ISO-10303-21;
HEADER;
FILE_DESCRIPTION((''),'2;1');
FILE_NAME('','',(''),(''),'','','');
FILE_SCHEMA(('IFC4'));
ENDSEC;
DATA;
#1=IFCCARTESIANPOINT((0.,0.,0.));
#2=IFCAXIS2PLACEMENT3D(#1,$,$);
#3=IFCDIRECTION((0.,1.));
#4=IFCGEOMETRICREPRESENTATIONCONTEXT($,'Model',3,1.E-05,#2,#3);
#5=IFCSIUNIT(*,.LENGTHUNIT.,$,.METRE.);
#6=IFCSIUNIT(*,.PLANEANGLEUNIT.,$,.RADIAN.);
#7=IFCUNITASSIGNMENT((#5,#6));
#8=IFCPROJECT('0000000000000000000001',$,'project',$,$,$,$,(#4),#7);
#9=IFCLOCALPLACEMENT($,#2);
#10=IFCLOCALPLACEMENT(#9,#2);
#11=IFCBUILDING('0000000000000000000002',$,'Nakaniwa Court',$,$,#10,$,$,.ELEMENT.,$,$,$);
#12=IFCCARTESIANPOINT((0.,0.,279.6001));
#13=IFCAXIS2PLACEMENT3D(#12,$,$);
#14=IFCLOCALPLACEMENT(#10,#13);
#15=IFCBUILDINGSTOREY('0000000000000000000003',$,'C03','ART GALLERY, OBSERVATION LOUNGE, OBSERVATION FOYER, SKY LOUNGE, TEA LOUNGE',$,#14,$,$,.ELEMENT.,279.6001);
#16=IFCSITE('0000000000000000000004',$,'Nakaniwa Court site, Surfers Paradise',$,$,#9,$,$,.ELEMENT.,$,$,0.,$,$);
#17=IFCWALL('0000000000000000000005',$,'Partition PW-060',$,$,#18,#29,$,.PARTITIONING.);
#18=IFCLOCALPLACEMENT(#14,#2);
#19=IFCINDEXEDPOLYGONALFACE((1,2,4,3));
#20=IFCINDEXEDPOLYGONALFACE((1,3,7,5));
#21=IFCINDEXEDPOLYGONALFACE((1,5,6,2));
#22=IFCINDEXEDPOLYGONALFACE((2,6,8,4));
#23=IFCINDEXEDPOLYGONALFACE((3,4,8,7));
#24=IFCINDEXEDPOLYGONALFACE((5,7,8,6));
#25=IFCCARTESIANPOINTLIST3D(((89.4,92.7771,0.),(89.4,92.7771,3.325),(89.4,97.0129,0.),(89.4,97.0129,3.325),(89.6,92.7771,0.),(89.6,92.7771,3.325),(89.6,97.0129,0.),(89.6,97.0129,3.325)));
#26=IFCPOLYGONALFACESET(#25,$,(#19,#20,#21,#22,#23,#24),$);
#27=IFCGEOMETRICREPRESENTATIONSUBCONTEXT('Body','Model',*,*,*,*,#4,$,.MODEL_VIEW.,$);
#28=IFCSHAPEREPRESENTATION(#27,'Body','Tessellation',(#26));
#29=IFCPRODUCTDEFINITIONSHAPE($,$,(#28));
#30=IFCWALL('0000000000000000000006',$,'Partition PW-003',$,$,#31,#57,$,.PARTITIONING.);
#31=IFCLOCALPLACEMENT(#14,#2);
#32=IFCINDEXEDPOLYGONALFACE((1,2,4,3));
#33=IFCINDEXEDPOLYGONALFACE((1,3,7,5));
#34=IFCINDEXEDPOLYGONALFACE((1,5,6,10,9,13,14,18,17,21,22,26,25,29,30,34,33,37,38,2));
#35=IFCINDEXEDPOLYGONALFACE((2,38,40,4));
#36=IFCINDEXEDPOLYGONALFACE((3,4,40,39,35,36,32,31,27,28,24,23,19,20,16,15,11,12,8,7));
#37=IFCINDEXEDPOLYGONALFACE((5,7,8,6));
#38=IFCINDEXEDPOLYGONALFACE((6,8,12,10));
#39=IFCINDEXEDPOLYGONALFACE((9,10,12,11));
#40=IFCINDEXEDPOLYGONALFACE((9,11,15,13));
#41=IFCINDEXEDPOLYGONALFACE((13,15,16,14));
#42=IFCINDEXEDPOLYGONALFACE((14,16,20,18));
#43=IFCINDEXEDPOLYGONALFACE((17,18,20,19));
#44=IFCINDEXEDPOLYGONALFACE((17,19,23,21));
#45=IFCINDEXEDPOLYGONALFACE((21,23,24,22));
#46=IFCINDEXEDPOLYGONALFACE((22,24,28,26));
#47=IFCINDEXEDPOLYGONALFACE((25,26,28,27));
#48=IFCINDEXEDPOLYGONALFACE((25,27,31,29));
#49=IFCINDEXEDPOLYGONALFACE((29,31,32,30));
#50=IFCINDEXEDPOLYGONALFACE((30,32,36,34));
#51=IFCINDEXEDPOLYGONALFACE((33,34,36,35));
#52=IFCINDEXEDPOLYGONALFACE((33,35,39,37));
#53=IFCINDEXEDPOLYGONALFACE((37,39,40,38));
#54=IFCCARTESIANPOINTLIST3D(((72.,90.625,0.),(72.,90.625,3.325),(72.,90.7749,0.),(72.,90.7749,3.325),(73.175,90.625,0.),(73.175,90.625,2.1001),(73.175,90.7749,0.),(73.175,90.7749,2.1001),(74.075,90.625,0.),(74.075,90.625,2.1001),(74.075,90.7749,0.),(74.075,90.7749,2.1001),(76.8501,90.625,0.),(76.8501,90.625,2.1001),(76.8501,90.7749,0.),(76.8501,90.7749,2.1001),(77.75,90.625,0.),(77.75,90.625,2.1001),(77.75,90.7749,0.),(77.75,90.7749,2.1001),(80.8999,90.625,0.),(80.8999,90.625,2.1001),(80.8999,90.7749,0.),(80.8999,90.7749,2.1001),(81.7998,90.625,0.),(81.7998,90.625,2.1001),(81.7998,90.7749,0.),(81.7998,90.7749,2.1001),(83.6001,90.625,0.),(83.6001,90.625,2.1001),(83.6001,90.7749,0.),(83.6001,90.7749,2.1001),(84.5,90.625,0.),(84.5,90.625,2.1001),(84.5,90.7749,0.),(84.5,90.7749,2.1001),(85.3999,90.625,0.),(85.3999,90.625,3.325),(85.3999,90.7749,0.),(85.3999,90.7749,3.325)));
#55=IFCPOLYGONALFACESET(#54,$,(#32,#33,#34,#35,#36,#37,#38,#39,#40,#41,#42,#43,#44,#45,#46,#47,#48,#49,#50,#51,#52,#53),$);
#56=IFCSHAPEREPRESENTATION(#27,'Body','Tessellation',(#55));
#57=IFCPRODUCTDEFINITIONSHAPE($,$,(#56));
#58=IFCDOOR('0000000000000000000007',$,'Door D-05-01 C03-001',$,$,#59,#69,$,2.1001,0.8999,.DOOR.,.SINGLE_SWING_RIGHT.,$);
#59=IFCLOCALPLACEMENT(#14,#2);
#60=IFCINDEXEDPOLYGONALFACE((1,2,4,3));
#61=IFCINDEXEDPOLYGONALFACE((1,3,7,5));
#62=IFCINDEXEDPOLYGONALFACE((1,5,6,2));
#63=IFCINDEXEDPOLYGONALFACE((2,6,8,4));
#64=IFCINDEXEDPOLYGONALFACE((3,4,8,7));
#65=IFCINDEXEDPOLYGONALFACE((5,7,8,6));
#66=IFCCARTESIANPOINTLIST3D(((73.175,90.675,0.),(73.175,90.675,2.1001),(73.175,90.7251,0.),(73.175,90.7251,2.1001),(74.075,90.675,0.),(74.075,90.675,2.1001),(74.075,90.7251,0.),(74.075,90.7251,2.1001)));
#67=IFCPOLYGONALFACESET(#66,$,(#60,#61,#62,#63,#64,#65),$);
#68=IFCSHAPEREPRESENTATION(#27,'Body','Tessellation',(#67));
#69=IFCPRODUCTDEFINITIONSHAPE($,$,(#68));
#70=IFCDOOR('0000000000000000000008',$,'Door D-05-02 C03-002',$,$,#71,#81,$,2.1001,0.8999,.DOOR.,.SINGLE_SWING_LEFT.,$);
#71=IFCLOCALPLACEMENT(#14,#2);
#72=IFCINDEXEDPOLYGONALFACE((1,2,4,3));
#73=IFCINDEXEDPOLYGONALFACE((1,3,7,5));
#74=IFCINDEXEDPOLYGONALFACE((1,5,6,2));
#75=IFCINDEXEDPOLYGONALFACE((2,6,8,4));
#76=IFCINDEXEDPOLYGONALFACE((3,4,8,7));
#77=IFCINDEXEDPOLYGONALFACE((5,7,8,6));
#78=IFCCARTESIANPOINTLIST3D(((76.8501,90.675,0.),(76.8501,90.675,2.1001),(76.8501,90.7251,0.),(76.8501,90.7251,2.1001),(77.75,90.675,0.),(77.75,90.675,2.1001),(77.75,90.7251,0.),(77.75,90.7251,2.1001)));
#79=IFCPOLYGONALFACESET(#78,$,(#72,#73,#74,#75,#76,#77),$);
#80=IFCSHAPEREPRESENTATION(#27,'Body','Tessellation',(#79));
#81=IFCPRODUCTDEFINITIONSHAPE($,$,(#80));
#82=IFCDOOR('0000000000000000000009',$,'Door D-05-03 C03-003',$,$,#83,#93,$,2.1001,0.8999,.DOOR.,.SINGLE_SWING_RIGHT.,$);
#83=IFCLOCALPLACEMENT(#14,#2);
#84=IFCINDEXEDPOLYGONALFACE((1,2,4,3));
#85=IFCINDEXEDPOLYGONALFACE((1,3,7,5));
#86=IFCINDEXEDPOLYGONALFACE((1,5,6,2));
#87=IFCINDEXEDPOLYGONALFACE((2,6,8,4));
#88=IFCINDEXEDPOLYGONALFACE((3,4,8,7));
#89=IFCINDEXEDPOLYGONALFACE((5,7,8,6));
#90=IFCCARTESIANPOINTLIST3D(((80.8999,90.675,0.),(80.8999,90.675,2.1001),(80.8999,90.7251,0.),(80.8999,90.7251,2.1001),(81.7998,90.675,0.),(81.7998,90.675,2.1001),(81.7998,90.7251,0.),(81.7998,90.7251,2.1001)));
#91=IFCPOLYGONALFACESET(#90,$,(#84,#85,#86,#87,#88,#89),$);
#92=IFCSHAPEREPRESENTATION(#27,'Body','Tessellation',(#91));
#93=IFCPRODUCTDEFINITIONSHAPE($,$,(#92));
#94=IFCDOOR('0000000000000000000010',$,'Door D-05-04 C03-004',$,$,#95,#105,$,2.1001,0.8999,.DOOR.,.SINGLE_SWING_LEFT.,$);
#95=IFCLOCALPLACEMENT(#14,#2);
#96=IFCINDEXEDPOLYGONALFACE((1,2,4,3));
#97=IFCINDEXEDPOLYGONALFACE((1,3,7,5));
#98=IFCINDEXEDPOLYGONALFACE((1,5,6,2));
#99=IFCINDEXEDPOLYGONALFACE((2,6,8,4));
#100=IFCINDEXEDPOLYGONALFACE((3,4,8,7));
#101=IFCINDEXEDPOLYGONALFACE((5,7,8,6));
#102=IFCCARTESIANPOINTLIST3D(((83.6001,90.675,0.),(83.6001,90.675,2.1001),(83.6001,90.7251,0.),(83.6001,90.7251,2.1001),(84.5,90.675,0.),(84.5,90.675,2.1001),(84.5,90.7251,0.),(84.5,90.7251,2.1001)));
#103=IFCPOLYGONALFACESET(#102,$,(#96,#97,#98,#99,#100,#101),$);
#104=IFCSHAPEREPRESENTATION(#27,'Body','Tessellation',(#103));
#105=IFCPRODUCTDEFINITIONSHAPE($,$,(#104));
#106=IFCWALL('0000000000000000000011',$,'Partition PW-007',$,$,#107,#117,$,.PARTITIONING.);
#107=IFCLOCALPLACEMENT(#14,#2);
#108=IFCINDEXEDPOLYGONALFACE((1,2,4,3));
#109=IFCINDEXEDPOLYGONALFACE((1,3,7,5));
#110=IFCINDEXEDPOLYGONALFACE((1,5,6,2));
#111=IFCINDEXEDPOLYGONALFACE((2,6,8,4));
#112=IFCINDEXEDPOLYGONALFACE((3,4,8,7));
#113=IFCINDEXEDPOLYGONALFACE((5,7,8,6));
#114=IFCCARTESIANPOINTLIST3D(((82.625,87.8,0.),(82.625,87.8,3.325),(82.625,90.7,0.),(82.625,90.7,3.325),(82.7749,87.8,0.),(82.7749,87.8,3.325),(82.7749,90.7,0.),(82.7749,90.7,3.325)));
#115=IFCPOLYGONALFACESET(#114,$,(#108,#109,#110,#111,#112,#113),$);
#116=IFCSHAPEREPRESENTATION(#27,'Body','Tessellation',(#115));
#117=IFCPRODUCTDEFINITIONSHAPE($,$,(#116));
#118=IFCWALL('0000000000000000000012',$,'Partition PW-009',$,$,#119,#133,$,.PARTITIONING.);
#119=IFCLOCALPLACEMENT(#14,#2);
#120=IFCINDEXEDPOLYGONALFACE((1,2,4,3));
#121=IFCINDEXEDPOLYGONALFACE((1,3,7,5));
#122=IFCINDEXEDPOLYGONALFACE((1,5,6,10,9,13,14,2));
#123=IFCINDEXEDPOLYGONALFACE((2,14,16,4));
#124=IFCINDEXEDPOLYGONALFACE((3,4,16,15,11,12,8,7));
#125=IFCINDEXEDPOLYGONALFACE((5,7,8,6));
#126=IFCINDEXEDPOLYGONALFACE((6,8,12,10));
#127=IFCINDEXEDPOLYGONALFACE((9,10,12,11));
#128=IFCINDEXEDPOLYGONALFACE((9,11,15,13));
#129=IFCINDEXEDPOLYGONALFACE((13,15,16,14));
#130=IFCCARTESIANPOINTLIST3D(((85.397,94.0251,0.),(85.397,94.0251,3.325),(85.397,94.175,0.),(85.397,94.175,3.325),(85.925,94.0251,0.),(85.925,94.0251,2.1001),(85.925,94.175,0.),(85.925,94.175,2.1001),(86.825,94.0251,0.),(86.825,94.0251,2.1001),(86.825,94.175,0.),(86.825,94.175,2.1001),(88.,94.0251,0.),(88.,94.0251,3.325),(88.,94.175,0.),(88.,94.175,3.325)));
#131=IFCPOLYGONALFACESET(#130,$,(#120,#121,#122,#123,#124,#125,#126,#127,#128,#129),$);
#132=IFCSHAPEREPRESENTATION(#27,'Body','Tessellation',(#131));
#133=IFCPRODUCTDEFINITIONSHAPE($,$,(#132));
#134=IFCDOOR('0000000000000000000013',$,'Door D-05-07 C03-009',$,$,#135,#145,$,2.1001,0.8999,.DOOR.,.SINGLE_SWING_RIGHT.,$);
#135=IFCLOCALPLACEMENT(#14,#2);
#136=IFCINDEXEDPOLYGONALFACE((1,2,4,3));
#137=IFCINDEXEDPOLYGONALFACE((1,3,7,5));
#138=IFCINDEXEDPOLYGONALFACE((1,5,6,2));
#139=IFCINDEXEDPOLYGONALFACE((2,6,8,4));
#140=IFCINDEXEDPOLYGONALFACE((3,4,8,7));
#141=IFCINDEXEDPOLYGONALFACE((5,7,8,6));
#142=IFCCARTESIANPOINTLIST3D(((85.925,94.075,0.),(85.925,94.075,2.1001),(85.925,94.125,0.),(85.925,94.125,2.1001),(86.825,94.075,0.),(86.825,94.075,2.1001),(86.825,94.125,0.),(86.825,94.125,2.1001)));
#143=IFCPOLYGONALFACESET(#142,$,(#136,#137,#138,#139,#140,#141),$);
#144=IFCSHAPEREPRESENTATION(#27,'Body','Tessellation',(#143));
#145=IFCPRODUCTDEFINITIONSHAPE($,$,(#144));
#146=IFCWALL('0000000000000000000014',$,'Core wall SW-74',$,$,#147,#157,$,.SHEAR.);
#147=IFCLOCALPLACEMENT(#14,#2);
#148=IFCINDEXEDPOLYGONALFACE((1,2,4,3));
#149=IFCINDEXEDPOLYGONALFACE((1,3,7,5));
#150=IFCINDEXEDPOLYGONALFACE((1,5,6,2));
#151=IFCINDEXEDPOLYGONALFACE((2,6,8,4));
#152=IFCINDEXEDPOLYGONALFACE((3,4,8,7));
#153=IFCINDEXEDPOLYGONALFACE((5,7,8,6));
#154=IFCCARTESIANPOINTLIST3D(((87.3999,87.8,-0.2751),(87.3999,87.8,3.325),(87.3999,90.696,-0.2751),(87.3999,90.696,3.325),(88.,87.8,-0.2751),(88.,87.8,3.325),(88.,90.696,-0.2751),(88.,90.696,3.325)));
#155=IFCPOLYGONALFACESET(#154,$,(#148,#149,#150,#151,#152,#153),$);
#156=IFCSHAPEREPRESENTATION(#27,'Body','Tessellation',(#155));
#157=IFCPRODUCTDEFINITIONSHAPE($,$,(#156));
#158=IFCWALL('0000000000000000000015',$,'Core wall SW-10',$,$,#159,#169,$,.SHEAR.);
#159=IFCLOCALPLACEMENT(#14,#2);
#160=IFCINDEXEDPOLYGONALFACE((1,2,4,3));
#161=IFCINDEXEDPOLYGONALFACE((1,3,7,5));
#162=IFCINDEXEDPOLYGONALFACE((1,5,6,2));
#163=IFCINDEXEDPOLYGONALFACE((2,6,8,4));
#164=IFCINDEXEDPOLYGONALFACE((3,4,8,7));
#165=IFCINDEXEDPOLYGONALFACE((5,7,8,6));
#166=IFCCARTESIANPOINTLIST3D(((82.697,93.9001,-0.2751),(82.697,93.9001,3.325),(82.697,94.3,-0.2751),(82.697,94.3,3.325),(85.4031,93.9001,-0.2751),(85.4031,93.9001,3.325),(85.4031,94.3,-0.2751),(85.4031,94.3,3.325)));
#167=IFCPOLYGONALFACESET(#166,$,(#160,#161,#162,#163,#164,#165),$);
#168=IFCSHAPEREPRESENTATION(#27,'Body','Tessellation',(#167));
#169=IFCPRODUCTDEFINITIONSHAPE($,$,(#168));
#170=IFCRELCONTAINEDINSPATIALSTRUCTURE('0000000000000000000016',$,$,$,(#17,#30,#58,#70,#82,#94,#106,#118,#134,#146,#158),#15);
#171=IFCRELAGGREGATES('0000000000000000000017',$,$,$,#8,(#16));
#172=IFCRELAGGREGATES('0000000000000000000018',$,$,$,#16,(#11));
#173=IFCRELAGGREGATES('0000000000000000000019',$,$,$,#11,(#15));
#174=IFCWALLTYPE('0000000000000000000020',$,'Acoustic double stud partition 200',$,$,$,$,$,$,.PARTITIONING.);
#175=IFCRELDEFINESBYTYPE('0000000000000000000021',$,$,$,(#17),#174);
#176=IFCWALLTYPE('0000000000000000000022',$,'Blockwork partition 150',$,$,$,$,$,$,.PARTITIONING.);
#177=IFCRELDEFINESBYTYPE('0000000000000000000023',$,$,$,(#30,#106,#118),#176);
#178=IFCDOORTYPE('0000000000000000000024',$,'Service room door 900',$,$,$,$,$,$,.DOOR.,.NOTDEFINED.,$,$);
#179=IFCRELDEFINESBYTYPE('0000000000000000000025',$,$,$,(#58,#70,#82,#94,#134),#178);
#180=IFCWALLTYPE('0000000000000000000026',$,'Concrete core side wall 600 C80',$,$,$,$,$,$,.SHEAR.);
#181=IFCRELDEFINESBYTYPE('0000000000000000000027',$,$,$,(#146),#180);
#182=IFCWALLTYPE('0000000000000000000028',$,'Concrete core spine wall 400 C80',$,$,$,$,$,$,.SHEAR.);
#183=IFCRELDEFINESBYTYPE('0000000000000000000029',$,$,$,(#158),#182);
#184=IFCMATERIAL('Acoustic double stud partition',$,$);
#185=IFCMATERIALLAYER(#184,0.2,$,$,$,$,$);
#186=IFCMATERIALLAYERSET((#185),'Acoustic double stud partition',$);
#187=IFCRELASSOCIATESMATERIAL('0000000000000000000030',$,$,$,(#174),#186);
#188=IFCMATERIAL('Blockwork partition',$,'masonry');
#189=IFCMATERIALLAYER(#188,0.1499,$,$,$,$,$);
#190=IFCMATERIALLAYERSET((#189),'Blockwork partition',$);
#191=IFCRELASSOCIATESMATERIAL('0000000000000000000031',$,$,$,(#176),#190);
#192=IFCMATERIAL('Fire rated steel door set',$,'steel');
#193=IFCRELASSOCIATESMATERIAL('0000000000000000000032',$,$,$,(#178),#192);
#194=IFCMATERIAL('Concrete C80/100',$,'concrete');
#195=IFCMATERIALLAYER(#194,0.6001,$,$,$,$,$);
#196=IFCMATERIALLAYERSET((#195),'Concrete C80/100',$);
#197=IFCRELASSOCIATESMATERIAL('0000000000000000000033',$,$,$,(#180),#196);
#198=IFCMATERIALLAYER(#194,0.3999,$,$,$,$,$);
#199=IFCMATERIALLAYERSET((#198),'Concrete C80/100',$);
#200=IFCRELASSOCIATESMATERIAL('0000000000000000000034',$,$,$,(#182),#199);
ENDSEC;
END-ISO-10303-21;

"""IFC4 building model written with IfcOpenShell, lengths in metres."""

from ifc_helpers import new_model, si_unit, direction, frame, frame_2d, origin, place, context, subcontext, project, spatial, rectangle, extrude, material, layer, layer_set, type_object, element, fill, save


model = new_model("IFC4")

# Units and contexts
model_context = context("Model", 3, precision=1e-05, world=origin(), true_north=direction((0.0, 1.0)))
body_context = subcontext(model_context, "Body", "Model", "MODEL_VIEW")
ifc_project = project(units=[si_unit("LENGTHUNIT", "METRE"), si_unit("PLANEANGLEUNIT", "RADIAN")], contexts=[model_context])

# Site, building, storey
site_placement = place(None, origin())
site = spatial("IfcSite", under=ifc_project, at=site_placement, Name="Nakaniwa Court site, Surfers Paradise", CompositionType="ELEMENT", RefElevation=0.0)
building_placement = place(site_placement, origin())
building = spatial("IfcBuilding", under=site, at=building_placement, Name="Nakaniwa Court", CompositionType="ELEMENT")
storey_placement = place(building_placement, frame((0.0, 0.0, 279.6001)))
storey = spatial("IfcBuildingStorey", under=building, at=storey_placement, Name="C03", Description="ART GALLERY, OBSERVATION LOUNGE, OBSERVATION FOYER, SKY LOUNGE, TEA LOUNGE", CompositionType="ELEMENT", Elevation=279.6001)

# Shared definitions
ifc_material_1 = material(Name="Concrete C80/100", Category="concrete")

# Shared definitions
ifc_material_2 = material(Name="Acoustic double stud partition")
ifc_layer_1 = layer(ifc_material_2, 0.2)
ifc_layer_set_1 = layer_set([ifc_layer_1], Name="Acoustic double stud partition")
wall_type_1 = type_object("IfcWallType", Name="Acoustic double stud partition 200", PredefinedType="PARTITIONING", material=ifc_layer_set_1)

# Wall
wall_1_placement = place(storey_placement, frame((89.5, 92.7771, 0.0), z_axis=(0.0, 0.0, 1.0), x_axis=(0.0, 1.0, 0.0)))
element("IfcWall", 1, at=wall_1_placement, inside=storey, type_object=wall_type_1, Name="Partition PW-060", PredefinedType="PARTITIONING", context=body_context, shape_type="SweptSolid", body=[
    extrude(rectangle(XDim=4.2358, YDim=0.2, at=frame_2d((2.1179, 0.0))), origin(), (0.0, 0.0, 1.0), 3.325),
])

# Wall, openings, doors
ifc_material_3 = material(Name="Blockwork partition", Category="masonry")
ifc_layer_2 = layer(ifc_material_3, 0.1499)
ifc_layer_set_2 = layer_set([ifc_layer_2], Name="Blockwork partition")
wall_type_2 = type_object("IfcWallType", Name="Blockwork partition 150", PredefinedType="PARTITIONING", material=ifc_layer_set_2)
wall_2_placement = place(storey_placement, frame((85.3999, 90.7, 0.0), z_axis=(0.0, 0.0, 1.0), x_axis=(-1.0, 0.0, 0.0)))
wall_2 = element("IfcWall", 2, at=wall_2_placement, inside=storey, type_object=wall_type_2, Name="Partition PW-003", PredefinedType="PARTITIONING", context=body_context, shape_type="SweptSolid", body=[
    extrude(rectangle(XDim=13.3999, YDim=0.1499, at=frame_2d((6.7, 0.0))), origin(), (0.0, 0.0, 1.0), 3.325),
])
opening_1_placement = place(wall_2_placement, frame((11.325, 0.0, 0.0)))
opening_1 = element("IfcOpeningElement", 3, at=opening_1_placement, cuts=wall_2, PredefinedType="OPENING", context=body_context, shape_type="SweptSolid", body=[
    extrude(rectangle(XDim=0.8999, YDim=2.1001, at=frame_2d((0.45, 1.05))), frame((0.0, 0.085, 0.0), z_axis=(0.0, -1.0, 0.0), x_axis=(1.0, 0.0, 0.0)), (0.0, 0.0, 1.0), 0.1699),
])
opening_2_placement = place(wall_2_placement, frame((7.6499, 0.0, 0.0)))
opening_2 = element("IfcOpeningElement", 4, at=opening_2_placement, cuts=wall_2, PredefinedType="OPENING", context=body_context, shape_type="SweptSolid", body=[
    extrude(rectangle(XDim=0.8999, YDim=2.1001, at=frame_2d((0.45, 1.05))), frame((0.0, 0.085, 0.0), z_axis=(0.0, -1.0, 0.0), x_axis=(1.0, 0.0, 0.0)), (0.0, 0.0, 1.0), 0.1699),
])
opening_3_placement = place(wall_2_placement, frame((3.6001, 0.0, 0.0)))
opening_3 = element("IfcOpeningElement", 5, at=opening_3_placement, cuts=wall_2, PredefinedType="OPENING", context=body_context, shape_type="SweptSolid", body=[
    extrude(rectangle(XDim=0.8999, YDim=2.1001, at=frame_2d((0.45, 1.05))), frame((0.0, 0.085, 0.0), z_axis=(0.0, -1.0, 0.0), x_axis=(1.0, 0.0, 0.0)), (0.0, 0.0, 1.0), 0.1699),
])
opening_4_placement = place(wall_2_placement, frame((0.8999, 0.0, 0.0)))
opening_4 = element("IfcOpeningElement", 6, at=opening_4_placement, cuts=wall_2, PredefinedType="OPENING", context=body_context, shape_type="SweptSolid", body=[
    extrude(rectangle(XDim=0.8999, YDim=2.1001, at=frame_2d((0.45, 1.05))), frame((0.0, 0.085, 0.0), z_axis=(0.0, -1.0, 0.0), x_axis=(1.0, 0.0, 0.0)), (0.0, 0.0, 1.0), 0.1699),
])
ifc_material_4 = material(Name="Fire rated steel door set", Category="steel")
door_type_1 = type_object("IfcDoorType", Name="Service room door 900", OperationType="NOTDEFINED", PredefinedType="DOOR", material=ifc_material_4)
door_1_placement = place(opening_1_placement, origin())
door_1 = element("IfcDoor", 7, at=door_1_placement, inside=storey, type_object=door_type_1, Name="Door D-05-01 C03-001", OperationType="SINGLE_SWING_RIGHT", OverallHeight=2.1001, OverallWidth=0.8999, PredefinedType="DOOR", context=body_context, shape_type="SweptSolid", body=[
    extrude(rectangle(XDim=0.8999, YDim=2.1001, at=frame_2d((0.45, 1.05))), frame((0.0, 0.0249, 0.0), z_axis=(0.0, -1.0, 0.0), x_axis=(1.0, 0.0, 0.0)), (0.0, 0.0, 1.0), 0.05),
])
fill(opening_1, door_1)
door_2_placement = place(opening_2_placement, origin())
door_2 = element("IfcDoor", 8, at=door_2_placement, inside=storey, type_object=door_type_1, Name="Door D-05-02 C03-002", OperationType="SINGLE_SWING_LEFT", OverallHeight=2.1001, OverallWidth=0.8999, PredefinedType="DOOR", context=body_context, shape_type="SweptSolid", body=[
    extrude(rectangle(XDim=0.8999, YDim=2.1001, at=frame_2d((0.45, 1.05))), frame((0.0, 0.0249, 0.0), z_axis=(0.0, -1.0, 0.0), x_axis=(1.0, 0.0, 0.0)), (0.0, 0.0, 1.0), 0.05),
])
fill(opening_2, door_2)
door_3_placement = place(opening_3_placement, origin())
door_3 = element("IfcDoor", 9, at=door_3_placement, inside=storey, type_object=door_type_1, Name="Door D-05-03 C03-003", OperationType="SINGLE_SWING_RIGHT", OverallHeight=2.1001, OverallWidth=0.8999, PredefinedType="DOOR", context=body_context, shape_type="SweptSolid", body=[
    extrude(rectangle(XDim=0.8999, YDim=2.1001, at=frame_2d((0.45, 1.05))), frame((0.0, 0.0249, 0.0), z_axis=(0.0, -1.0, 0.0), x_axis=(1.0, 0.0, 0.0)), (0.0, 0.0, 1.0), 0.05),
])
fill(opening_3, door_3)
door_4_placement = place(opening_4_placement, origin())
door_4 = element("IfcDoor", 10, at=door_4_placement, inside=storey, type_object=door_type_1, Name="Door D-05-04 C03-004", OperationType="SINGLE_SWING_LEFT", OverallHeight=2.1001, OverallWidth=0.8999, PredefinedType="DOOR", context=body_context, shape_type="SweptSolid", body=[
    extrude(rectangle(XDim=0.8999, YDim=2.1001, at=frame_2d((0.45, 1.05))), frame((0.0, 0.0249, 0.0), z_axis=(0.0, -1.0, 0.0), x_axis=(1.0, 0.0, 0.0)), (0.0, 0.0, 1.0), 0.05),
])
fill(opening_4, door_4)

# Wall
wall_3_placement = place(storey_placement, frame((82.7, 87.8, 0.0), z_axis=(0.0, 0.0, 1.0), x_axis=(0.0, 1.0, 0.0)))
element("IfcWall", 11, at=wall_3_placement, inside=storey, type_object=wall_type_2, Name="Partition PW-007", PredefinedType="PARTITIONING", context=body_context, shape_type="SweptSolid", body=[
    extrude(rectangle(XDim=2.8999, YDim=0.1499, at=frame_2d((1.45, 0.0))), origin(), (0.0, 0.0, 1.0), 3.325),
])

# Wall, opening, door
wall_4_placement = place(storey_placement, frame((85.397, 94.1001, 0.0), z_axis=(0.0, 0.0, 1.0), x_axis=(1.0, 0.0, 0.0)))
wall_4 = element("IfcWall", 12, at=wall_4_placement, inside=storey, type_object=wall_type_2, Name="Partition PW-009", PredefinedType="PARTITIONING", context=body_context, shape_type="SweptSolid", body=[
    extrude(rectangle(XDim=2.603, YDim=0.1499, at=frame_2d((1.3015, 0.0))), origin(), (0.0, 0.0, 1.0), 3.325),
])
opening_5_placement = place(wall_4_placement, frame((0.5281, 0.0, 0.0)))
opening_5 = element("IfcOpeningElement", 13, at=opening_5_placement, cuts=wall_4, PredefinedType="OPENING", context=body_context, shape_type="SweptSolid", body=[
    extrude(rectangle(XDim=0.8999, YDim=2.1001, at=frame_2d((0.45, 1.05))), frame((0.0, 0.085, 0.0), z_axis=(0.0, -1.0, 0.0), x_axis=(1.0, 0.0, 0.0)), (0.0, 0.0, 1.0), 0.1699),
])
door_5_placement = place(opening_5_placement, origin())
door_5 = element("IfcDoor", 14, at=door_5_placement, inside=storey, type_object=door_type_1, Name="Door D-05-07 C03-009", OperationType="SINGLE_SWING_RIGHT", OverallHeight=2.1001, OverallWidth=0.8999, PredefinedType="DOOR", context=body_context, shape_type="SweptSolid", body=[
    extrude(rectangle(XDim=0.8999, YDim=2.1001, at=frame_2d((0.45, 1.05))), frame((0.0, 0.0249, 0.0), z_axis=(0.0, -1.0, 0.0), x_axis=(1.0, 0.0, 0.0)), (0.0, 0.0, 1.0), 0.05),
])
fill(opening_5, door_5)

# Walls
ifc_layer_3 = layer(ifc_material_1, 0.6001)
ifc_layer_set_3 = layer_set([ifc_layer_3], Name="Concrete C80/100")
wall_type_3 = type_object("IfcWallType", Name="Concrete core side wall 600 C80", PredefinedType="SHEAR", material=ifc_layer_set_3)
wall_5_placement = place(storey_placement, frame((87.7, 87.8, -0.2751), z_axis=(0.0, 0.0, 1.0), x_axis=(0.0, 1.0, 0.0)))
element("IfcWall", 15, at=wall_5_placement, inside=storey, type_object=wall_type_3, Name="Core wall SW-74", PredefinedType="SHEAR", context=body_context, shape_type="SweptSolid", body=[
    extrude(rectangle(XDim=2.896, YDim=0.6001, at=frame_2d((1.448, 0.0))), origin(), (0.0, 0.0, 1.0), 3.6001),
])
ifc_layer_4 = layer(ifc_material_1, 0.3999)
ifc_layer_set_4 = layer_set([ifc_layer_4], Name="Concrete C80/100")
wall_type_4 = type_object("IfcWallType", Name="Concrete core spine wall 400 C80", PredefinedType="SHEAR", material=ifc_layer_set_4)
wall_6_placement = place(storey_placement, frame((82.697, 94.1001, -0.2751), z_axis=(0.0, 0.0, 1.0), x_axis=(1.0, 0.0, 0.0)))
element("IfcWall", 16, at=wall_6_placement, inside=storey, type_object=wall_type_4, Name="Core wall SW-10", PredefinedType="SHEAR", context=body_context, shape_type="SweptSolid", body=[
    extrude(rectangle(XDim=2.7061, YDim=0.3999, at=frame_2d((1.353, 0.0))), origin(), (0.0, 0.0, 1.0), 3.6001),
])

save(model, "model.ifc")
